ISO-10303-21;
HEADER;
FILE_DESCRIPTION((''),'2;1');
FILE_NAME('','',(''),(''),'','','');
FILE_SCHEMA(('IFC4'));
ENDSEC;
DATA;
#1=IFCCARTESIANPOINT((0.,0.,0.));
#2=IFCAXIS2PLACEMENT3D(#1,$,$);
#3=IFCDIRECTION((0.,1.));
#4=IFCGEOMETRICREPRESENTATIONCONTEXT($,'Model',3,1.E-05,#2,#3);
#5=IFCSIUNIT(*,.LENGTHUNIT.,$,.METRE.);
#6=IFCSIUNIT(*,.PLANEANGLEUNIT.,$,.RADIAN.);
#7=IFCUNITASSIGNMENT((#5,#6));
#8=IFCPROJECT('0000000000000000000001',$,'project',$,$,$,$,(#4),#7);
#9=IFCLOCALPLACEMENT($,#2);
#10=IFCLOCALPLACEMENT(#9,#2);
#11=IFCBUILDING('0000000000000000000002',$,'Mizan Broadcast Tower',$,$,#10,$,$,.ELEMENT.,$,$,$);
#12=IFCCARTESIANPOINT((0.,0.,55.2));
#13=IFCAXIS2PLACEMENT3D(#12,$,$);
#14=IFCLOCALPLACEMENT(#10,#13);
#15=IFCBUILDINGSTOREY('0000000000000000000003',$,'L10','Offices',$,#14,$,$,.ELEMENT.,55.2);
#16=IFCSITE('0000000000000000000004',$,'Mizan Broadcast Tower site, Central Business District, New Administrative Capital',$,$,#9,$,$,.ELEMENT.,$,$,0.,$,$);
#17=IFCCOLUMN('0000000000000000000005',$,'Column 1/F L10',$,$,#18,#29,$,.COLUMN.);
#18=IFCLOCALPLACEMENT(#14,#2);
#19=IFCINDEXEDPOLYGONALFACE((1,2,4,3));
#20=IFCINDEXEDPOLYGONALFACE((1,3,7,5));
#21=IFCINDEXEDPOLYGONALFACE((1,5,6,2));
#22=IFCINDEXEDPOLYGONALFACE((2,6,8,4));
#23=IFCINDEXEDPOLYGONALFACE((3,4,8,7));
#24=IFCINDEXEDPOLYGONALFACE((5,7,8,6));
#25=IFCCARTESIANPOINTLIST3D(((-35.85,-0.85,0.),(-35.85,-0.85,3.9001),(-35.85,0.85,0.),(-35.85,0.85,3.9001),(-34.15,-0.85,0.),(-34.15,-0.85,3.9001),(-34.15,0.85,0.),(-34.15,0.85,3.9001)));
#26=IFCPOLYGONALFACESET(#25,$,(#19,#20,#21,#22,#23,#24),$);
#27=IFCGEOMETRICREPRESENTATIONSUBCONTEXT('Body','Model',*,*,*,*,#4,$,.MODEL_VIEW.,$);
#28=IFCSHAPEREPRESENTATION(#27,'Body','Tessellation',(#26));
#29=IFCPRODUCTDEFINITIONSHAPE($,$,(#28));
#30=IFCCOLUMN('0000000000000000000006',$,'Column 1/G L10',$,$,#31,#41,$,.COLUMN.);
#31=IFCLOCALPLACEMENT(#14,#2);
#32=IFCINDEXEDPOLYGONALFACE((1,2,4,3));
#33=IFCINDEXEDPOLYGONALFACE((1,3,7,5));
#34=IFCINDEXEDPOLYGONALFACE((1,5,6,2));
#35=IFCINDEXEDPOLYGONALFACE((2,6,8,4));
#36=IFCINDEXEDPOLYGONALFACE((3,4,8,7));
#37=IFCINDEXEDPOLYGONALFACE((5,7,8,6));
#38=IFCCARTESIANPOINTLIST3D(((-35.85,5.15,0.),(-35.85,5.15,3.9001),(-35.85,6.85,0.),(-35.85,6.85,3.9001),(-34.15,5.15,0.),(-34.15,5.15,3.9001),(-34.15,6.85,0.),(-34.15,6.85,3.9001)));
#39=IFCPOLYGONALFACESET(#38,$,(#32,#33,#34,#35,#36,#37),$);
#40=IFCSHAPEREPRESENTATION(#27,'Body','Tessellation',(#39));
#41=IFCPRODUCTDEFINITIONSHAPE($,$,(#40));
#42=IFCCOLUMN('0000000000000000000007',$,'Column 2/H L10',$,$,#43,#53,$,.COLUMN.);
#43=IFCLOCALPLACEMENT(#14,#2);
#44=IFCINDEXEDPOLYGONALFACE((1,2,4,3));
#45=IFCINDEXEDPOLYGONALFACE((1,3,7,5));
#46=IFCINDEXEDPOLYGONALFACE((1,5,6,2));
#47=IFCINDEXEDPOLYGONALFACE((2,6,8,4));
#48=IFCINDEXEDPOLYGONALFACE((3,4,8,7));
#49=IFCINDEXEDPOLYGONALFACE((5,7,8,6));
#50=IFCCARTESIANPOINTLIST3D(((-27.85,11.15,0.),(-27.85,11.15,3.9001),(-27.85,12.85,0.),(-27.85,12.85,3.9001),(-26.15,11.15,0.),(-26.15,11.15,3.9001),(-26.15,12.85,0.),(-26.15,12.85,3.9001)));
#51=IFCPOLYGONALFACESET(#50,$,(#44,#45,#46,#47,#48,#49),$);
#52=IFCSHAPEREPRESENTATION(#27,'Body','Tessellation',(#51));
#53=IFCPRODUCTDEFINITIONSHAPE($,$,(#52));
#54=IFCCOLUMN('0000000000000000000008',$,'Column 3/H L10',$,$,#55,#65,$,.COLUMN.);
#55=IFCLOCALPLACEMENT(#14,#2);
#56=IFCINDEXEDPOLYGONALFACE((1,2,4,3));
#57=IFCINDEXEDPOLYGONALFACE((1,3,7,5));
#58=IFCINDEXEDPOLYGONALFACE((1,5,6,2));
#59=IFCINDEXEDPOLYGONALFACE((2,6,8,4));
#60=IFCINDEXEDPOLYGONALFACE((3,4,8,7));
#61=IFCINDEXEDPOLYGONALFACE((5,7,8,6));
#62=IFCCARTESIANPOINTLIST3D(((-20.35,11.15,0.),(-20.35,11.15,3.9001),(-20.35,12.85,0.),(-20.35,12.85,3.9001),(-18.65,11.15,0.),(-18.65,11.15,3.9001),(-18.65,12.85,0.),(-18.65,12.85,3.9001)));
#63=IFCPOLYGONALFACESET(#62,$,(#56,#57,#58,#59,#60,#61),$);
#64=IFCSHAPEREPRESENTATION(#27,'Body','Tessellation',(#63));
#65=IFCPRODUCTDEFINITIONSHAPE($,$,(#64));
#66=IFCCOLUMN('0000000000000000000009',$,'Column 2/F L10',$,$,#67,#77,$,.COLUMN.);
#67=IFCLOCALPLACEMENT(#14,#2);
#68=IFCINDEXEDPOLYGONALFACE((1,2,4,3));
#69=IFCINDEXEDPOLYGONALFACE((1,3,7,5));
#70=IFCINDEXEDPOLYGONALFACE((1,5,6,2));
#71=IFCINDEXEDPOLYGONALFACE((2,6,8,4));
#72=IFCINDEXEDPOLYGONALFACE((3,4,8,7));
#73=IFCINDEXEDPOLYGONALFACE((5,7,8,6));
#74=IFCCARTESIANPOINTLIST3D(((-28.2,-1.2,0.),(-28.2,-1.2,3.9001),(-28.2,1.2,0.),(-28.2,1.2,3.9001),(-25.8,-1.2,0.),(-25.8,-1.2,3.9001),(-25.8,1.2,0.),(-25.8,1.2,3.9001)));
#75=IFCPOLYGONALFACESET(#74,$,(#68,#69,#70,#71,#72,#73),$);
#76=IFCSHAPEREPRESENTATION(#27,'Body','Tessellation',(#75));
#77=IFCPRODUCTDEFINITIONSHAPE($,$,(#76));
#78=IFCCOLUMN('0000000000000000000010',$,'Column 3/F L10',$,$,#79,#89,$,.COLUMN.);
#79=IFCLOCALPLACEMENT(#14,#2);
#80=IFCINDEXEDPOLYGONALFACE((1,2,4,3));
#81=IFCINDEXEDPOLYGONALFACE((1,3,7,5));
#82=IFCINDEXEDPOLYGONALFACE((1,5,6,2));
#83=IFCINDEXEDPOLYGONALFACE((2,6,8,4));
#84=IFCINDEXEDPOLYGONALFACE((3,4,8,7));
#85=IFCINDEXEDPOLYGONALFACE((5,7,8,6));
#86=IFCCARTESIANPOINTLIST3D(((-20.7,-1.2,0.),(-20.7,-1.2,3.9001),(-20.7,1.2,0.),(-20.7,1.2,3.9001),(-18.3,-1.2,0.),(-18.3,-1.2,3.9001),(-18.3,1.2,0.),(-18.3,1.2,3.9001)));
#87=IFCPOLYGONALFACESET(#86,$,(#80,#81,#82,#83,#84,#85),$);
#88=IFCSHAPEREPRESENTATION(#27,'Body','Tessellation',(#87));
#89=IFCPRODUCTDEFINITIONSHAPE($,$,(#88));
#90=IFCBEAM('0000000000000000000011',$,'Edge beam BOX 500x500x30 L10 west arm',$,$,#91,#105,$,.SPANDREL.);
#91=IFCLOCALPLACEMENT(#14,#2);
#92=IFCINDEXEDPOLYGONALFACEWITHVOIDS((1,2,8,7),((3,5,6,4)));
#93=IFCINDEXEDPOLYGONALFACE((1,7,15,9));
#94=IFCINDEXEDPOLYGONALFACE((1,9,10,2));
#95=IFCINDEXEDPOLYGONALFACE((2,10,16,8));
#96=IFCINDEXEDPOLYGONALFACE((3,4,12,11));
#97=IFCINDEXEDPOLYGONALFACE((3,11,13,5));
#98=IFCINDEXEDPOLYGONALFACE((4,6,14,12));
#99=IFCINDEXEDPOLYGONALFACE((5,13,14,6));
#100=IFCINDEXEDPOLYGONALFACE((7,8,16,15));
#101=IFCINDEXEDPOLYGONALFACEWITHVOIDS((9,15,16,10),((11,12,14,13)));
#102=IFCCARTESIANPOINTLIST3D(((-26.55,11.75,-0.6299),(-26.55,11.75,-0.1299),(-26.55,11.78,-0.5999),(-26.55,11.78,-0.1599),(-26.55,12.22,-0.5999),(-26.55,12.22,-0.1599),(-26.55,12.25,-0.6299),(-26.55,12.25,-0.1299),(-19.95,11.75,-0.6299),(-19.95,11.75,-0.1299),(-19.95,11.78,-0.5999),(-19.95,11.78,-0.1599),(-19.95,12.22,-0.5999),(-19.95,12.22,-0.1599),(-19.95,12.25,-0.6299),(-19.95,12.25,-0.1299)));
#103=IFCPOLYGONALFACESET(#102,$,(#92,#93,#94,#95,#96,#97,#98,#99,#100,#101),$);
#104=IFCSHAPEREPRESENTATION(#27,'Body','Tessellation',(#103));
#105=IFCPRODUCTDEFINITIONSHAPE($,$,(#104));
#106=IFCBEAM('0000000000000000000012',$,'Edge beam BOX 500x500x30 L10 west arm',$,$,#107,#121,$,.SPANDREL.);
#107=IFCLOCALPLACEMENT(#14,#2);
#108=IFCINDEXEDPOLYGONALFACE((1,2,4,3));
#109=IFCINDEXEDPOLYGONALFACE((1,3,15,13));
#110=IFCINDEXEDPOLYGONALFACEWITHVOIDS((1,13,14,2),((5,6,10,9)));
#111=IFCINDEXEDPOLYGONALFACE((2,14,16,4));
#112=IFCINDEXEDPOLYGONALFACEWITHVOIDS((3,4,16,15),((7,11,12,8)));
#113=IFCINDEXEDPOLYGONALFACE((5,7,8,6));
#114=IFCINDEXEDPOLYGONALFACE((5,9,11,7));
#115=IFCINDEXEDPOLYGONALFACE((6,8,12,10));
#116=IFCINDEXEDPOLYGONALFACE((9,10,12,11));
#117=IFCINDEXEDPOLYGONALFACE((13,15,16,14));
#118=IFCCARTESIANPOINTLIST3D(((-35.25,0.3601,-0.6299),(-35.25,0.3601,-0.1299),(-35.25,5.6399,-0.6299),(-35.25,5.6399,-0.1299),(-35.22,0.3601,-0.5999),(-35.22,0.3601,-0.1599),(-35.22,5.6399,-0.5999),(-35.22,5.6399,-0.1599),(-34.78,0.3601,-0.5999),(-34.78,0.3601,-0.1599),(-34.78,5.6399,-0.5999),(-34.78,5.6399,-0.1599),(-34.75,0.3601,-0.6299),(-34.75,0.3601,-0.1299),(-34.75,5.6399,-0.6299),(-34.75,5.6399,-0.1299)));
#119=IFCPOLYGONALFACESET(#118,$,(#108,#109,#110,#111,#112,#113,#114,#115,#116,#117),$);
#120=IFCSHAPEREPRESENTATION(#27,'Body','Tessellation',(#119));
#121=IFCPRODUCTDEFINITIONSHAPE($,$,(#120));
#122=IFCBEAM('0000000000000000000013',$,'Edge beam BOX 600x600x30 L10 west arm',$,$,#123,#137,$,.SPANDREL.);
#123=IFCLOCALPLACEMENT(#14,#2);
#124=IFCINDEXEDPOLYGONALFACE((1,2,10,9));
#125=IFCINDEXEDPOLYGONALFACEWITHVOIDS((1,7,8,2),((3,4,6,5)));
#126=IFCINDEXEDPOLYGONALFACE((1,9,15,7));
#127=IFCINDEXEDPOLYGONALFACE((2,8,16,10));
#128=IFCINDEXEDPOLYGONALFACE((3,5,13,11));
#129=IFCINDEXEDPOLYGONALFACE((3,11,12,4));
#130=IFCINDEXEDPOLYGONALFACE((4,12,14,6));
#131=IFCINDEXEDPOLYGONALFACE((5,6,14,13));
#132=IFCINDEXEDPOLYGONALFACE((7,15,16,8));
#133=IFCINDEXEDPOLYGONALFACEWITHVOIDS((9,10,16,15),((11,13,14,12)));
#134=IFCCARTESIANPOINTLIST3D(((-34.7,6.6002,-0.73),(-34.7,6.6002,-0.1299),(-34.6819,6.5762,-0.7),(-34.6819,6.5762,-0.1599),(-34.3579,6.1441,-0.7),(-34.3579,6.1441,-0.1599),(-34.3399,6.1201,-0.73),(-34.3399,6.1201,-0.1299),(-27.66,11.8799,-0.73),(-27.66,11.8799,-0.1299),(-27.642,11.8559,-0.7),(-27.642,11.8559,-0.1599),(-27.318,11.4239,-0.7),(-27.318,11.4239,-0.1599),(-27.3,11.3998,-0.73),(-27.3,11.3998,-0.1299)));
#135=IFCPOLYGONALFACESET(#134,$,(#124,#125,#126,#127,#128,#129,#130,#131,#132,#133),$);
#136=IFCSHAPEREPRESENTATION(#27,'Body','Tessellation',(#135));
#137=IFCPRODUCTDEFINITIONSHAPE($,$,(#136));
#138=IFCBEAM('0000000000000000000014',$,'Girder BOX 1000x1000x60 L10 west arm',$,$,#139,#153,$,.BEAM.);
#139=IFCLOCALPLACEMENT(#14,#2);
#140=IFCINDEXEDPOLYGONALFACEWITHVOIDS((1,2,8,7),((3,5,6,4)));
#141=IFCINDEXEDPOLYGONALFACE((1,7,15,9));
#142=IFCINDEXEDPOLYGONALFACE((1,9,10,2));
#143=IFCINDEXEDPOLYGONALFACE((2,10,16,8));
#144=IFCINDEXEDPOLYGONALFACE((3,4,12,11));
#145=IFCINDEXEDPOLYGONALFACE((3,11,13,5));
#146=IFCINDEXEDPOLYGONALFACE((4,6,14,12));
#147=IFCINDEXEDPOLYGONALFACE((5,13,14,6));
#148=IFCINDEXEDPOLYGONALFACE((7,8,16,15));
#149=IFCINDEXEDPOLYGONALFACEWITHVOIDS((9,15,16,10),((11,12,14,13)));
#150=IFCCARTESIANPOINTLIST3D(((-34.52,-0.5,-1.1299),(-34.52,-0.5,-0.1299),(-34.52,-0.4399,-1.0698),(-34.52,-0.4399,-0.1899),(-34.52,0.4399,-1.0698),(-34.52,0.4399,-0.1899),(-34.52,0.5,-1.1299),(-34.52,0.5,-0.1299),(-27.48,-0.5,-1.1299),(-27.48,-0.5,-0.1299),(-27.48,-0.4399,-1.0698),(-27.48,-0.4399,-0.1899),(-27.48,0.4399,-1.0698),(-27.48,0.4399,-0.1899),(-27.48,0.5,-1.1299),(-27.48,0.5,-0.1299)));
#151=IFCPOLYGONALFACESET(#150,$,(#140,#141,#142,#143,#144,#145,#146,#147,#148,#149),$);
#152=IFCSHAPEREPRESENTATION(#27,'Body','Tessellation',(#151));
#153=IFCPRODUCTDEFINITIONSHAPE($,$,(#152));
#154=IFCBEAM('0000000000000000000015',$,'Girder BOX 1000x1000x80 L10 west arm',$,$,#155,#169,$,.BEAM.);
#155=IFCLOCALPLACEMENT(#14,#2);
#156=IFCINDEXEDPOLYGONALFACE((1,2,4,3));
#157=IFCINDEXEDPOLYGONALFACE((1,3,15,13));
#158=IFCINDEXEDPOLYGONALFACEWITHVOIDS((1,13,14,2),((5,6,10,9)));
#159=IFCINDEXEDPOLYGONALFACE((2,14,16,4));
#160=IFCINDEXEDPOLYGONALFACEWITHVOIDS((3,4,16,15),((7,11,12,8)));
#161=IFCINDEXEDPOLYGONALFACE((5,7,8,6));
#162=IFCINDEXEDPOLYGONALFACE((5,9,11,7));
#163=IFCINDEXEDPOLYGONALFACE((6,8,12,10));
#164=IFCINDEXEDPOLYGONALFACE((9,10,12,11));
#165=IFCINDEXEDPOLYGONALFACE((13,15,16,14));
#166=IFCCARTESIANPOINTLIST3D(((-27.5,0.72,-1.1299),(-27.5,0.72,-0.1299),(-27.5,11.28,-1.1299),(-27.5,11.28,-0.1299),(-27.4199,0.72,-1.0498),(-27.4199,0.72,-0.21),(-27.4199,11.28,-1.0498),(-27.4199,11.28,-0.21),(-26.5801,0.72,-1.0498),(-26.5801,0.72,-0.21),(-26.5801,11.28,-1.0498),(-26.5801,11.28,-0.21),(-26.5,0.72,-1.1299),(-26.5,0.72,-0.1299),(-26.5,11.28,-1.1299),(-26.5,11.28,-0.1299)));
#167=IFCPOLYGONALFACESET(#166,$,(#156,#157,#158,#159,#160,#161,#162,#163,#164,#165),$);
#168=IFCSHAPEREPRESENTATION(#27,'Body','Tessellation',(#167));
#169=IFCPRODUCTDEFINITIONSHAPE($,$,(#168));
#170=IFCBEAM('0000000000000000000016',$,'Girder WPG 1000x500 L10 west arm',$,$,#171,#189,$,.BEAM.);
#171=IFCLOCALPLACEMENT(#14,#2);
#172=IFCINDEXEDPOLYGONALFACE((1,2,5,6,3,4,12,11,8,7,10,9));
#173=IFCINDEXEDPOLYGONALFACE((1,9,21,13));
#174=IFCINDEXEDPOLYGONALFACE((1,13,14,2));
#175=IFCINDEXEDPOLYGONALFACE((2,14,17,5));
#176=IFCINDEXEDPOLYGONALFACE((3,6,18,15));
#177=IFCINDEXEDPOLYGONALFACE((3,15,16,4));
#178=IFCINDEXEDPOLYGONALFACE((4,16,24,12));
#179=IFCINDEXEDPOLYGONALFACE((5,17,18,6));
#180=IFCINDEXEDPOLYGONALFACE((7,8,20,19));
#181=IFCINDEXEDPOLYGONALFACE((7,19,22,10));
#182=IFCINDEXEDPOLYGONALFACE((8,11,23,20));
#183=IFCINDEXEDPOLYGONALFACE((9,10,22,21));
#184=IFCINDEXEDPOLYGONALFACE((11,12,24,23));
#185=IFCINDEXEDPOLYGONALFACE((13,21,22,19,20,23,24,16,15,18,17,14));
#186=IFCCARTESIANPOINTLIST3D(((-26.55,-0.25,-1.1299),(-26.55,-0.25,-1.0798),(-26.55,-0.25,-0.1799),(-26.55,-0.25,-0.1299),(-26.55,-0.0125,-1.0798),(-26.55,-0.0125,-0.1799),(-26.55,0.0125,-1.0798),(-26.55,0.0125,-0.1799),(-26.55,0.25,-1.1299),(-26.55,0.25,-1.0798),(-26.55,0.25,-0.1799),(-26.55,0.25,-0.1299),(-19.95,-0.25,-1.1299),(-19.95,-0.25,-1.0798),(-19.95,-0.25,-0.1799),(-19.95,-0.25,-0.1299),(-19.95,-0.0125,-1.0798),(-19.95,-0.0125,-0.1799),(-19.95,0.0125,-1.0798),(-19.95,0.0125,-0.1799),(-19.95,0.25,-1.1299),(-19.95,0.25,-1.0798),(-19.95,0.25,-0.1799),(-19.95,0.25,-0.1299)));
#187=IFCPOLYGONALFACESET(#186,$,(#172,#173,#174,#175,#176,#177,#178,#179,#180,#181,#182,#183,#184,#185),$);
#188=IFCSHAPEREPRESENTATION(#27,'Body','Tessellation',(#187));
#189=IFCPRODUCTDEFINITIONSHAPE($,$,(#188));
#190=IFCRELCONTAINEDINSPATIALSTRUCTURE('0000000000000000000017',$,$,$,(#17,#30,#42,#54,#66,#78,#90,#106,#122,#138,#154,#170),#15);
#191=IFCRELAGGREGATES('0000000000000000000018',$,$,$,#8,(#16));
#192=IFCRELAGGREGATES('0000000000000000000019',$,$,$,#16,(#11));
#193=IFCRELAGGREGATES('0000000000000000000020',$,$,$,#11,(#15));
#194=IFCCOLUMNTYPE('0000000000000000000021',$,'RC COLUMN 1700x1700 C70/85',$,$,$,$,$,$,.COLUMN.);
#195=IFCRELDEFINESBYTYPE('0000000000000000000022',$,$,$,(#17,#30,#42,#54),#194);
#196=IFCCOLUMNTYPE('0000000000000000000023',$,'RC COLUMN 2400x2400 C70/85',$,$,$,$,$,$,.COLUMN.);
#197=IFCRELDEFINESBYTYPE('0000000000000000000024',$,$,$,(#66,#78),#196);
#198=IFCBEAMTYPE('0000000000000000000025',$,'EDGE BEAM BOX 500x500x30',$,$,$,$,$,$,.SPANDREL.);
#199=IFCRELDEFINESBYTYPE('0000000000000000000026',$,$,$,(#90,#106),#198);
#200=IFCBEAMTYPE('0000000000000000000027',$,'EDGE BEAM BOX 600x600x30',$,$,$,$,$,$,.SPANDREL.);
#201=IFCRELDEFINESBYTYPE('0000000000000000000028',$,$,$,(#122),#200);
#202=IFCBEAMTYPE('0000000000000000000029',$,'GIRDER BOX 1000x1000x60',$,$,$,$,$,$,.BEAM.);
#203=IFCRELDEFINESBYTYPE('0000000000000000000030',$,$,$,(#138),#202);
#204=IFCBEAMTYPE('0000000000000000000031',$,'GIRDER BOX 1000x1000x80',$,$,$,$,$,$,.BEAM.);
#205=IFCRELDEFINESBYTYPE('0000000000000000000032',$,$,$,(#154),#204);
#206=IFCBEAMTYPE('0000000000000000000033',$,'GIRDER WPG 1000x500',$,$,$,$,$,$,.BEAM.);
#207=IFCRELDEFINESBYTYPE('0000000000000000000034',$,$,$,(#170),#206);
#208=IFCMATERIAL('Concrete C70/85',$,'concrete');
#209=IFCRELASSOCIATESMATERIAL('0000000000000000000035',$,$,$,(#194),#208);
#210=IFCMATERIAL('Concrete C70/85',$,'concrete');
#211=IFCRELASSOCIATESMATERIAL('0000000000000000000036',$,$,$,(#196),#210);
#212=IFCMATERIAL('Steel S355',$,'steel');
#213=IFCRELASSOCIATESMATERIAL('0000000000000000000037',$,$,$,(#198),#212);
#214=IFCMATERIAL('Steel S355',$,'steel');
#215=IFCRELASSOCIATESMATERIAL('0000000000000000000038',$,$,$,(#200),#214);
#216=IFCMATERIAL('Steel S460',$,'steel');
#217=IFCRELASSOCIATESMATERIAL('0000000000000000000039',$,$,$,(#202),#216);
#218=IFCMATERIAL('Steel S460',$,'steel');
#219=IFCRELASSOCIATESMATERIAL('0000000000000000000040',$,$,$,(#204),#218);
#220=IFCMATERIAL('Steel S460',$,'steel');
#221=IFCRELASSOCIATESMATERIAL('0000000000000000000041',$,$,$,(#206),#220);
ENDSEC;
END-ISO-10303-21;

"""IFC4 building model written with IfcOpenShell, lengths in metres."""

from ifc_helpers import new_model, si_unit, direction, frame, origin, origin_2d, place, context, subcontext, project, spatial, rectangle, hollow_rectangle, i_section, extrude, material, material_profile, profile_set, type_object, element, save


model = new_model("IFC4")

# Units and contexts
model_context = context("Model", 3, precision=1e-05, world=origin(), true_north=direction((0.0, 1.0)))
body_context = subcontext(model_context, "Body", "Model", "MODEL_VIEW")
ifc_project = project(units=[si_unit("LENGTHUNIT", "METRE"), si_unit("PLANEANGLEUNIT", "RADIAN")], contexts=[model_context])

# Site, building, storey
site_placement = place(None, origin())
site = spatial("IfcSite", under=ifc_project, at=site_placement, Name="Mizan Broadcast Tower site, Central Business District, New Administrative Capital", CompositionType="ELEMENT", RefElevation=0.0)
building_placement = place(site_placement, origin())
building = spatial("IfcBuilding", under=site, at=building_placement, Name="Mizan Broadcast Tower", CompositionType="ELEMENT")
storey_placement = place(building_placement, frame((0.0, 0.0, 55.2)))
storey = spatial("IfcBuildingStorey", under=building, at=storey_placement, Name="L10", Description="Offices", CompositionType="ELEMENT", Elevation=55.2)

# Columns
ifc_material_1 = material(Name="Concrete C70/85", Category="concrete")
ifc_material_profile_1 = material_profile(ifc_material_1, rectangle(XDim=1.7, YDim=1.7, at=origin_2d()), Name="RC 1700x1700")
ifc_profile_set_1 = profile_set([ifc_material_profile_1], Name="Concrete C70/85")
column_type_1 = type_object("IfcColumnType", Name="RC COLUMN 1700x1700 C70/85", PredefinedType="COLUMN", material=ifc_profile_set_1)
for number, where, z_axis, x_axis, name in (
    (1, (-35.0, 0.0, 0.0), (0.0, 0.0, 1.0), (1.0, 0.0, 0.0), "Column 1/F L10"),
    (2, (-35.0, 6.0, 0.0), (0.0, 0.0, 1.0), (1.0, 0.0, 0.0), "Column 1/G L10"),
    (3, (-27.0, 12.0, 0.0), (0.0, 0.0, 1.0), (1.0, 0.0, 0.0), "Column 2/H L10"),
    (4, (-19.5, 12.0, 0.0), (0.0, 0.0, 1.0), (1.0, 0.0, 0.0), "Column 3/H L10"),
):
    element("IfcColumn", number, at=place(storey_placement, frame(where, z_axis=z_axis, x_axis=x_axis)), inside=storey, type_object=column_type_1, Name=name, PredefinedType="COLUMN", context=body_context, shape_type="SweptSolid", body=[
        extrude(rectangle(XDim=1.7, YDim=1.7, at=origin_2d()), origin(), (0.0, 0.0, 1.0), 3.9001),
    ])
ifc_material_2 = material(Name="Concrete C70/85", Category="concrete")
ifc_material_profile_2 = material_profile(ifc_material_2, rectangle(XDim=2.3999, YDim=2.3999, at=origin_2d()), Name="RC 2400x2400")
ifc_profile_set_2 = profile_set([ifc_material_profile_2], Name="Concrete C70/85")
column_type_2 = type_object("IfcColumnType", Name="RC COLUMN 2400x2400 C70/85", PredefinedType="COLUMN", material=ifc_profile_set_2)
for number, where, z_axis, x_axis, name in (
    (5, (-27.0, 0.0, 0.0), (0.0, 0.0, 1.0), (1.0, 0.0, 0.0), "Column 2/F L10"),
    (6, (-19.5, 0.0, 0.0), (0.0, 0.0, 1.0), (1.0, 0.0, 0.0), "Column 3/F L10"),
):
    element("IfcColumn", number, at=place(storey_placement, frame(where, z_axis=z_axis, x_axis=x_axis)), inside=storey, type_object=column_type_2, Name=name, PredefinedType="COLUMN", context=body_context, shape_type="SweptSolid", body=[
        extrude(rectangle(XDim=2.3999, YDim=2.3999, at=origin_2d()), origin(), (0.0, 0.0, 1.0), 3.9001),
    ])

# Beams
ifc_material_3 = material(Name="Steel S355", Category="steel")
ifc_material_profile_3 = material_profile(ifc_material_3, hollow_rectangle(XDim=0.5, YDim=0.5, WallThickness=0.03, at=origin_2d()), Name="BOX 500x500x30")
ifc_profile_set_3 = profile_set([ifc_material_profile_3], Name="Steel S355")
beam_type_1 = type_object("IfcBeamType", Name="EDGE BEAM BOX 500x500x30", PredefinedType="SPANDREL", material=ifc_profile_set_3)
beam_1_placement = place(storey_placement, frame((-19.95, 12.0, -0.3799), z_axis=(-1.0, 0.0, 0.0), x_axis=(0.0, -1.0, 0.0)))
element("IfcBeam", 7, at=beam_1_placement, inside=storey, type_object=beam_type_1, Name="Edge beam BOX 500x500x30 L10 west arm", PredefinedType="SPANDREL", context=body_context, shape_type="SweptSolid", body=[
    extrude(hollow_rectangle(XDim=0.5, YDim=0.5, WallThickness=0.03, at=origin_2d()), origin(), (0.0, 0.0, 1.0), 6.6001),
])
beam_2_placement = place(storey_placement, frame((-35.0, 5.6399, -0.3799), z_axis=(0.0, -1.0, 0.0), x_axis=(1.0, 0.0, 0.0)))
element("IfcBeam", 8, at=beam_2_placement, inside=storey, type_object=beam_type_1, Name="Edge beam BOX 500x500x30 L10 west arm", PredefinedType="SPANDREL", context=body_context, shape_type="SweptSolid", body=[
    extrude(hollow_rectangle(XDim=0.5, YDim=0.5, WallThickness=0.03, at=origin_2d()), origin(), (0.0, 0.0, 1.0), 5.2798),
])
ifc_material_4 = material(Name="Steel S355", Category="steel")
ifc_material_profile_4 = material_profile(ifc_material_4, hollow_rectangle(XDim=0.6001, YDim=0.6001, WallThickness=0.03, at=origin_2d()), Name="BOX 600x600x30")
ifc_profile_set_4 = profile_set([ifc_material_profile_4], Name="Steel S355")
beam_type_2 = type_object("IfcBeamType", Name="EDGE BEAM BOX 600x600x30", PredefinedType="SPANDREL", material=ifc_profile_set_4)
beam_3_placement = place(storey_placement, frame((-27.48, 11.6399, -0.4299), z_axis=(-0.800013, -0.599982, 0.0), x_axis=(0.599982, -0.800013, 0.0)))
element("IfcBeam", 9, at=beam_3_placement, inside=storey, type_object=beam_type_2, Name="Edge beam BOX 600x600x30 L10 west arm", PredefinedType="SPANDREL", context=body_context, shape_type="SweptSolid", body=[
    extrude(hollow_rectangle(XDim=0.6001, YDim=0.6001, WallThickness=0.03, at=origin_2d()), origin(), (0.0, 0.0, 1.0), 8.7998),
])
ifc_material_5 = material(Name="Steel S460", Category="steel")
ifc_material_profile_5 = material_profile(ifc_material_5, hollow_rectangle(XDim=1.0, YDim=1.0, WallThickness=0.0601, at=origin_2d()), Name="BOX 1000x1000x60")
ifc_profile_set_5 = profile_set([ifc_material_profile_5], Name="Steel S460")
beam_type_3 = type_object("IfcBeamType", Name="GIRDER BOX 1000x1000x60", PredefinedType="BEAM", material=ifc_profile_set_5)
beam_4_placement = place(storey_placement, frame((-27.48, 0.0, -0.6299), z_axis=(-1.0, 0.0, 0.0), x_axis=(0.0, -1.0, 0.0)))
element("IfcBeam", 10, at=beam_4_placement, inside=storey, type_object=beam_type_3, Name="Girder BOX 1000x1000x60 L10 west arm", PredefinedType="BEAM", context=body_context, shape_type="SweptSolid", body=[
    extrude(hollow_rectangle(XDim=1.0, YDim=1.0, WallThickness=0.0601, at=origin_2d()), origin(), (0.0, 0.0, 1.0), 7.04),
])
ifc_material_6 = material(Name="Steel S460", Category="steel")
ifc_material_profile_6 = material_profile(ifc_material_6, hollow_rectangle(XDim=1.0, YDim=1.0, WallThickness=0.0801, at=origin_2d()), Name="BOX 1000x1000x80")
ifc_profile_set_6 = profile_set([ifc_material_profile_6], Name="Steel S460")
beam_type_4 = type_object("IfcBeamType", Name="GIRDER BOX 1000x1000x80", PredefinedType="BEAM", material=ifc_profile_set_6)
beam_5_placement = place(storey_placement, frame((-27.0, 11.28, -0.6299), z_axis=(0.0, -1.0, 0.0), x_axis=(1.0, 0.0, 0.0)))
element("IfcBeam", 11, at=beam_5_placement, inside=storey, type_object=beam_type_4, Name="Girder BOX 1000x1000x80 L10 west arm", PredefinedType="BEAM", context=body_context, shape_type="SweptSolid", body=[
    extrude(hollow_rectangle(XDim=1.0, YDim=1.0, WallThickness=0.0801, at=origin_2d()), origin(), (0.0, 0.0, 1.0), 10.5601),
])
ifc_material_7 = material(Name="Steel S460", Category="steel")
ifc_material_profile_7 = material_profile(ifc_material_7, i_section(OverallWidth=0.5, OverallDepth=1.0, WebThickness=0.0249, FlangeThickness=0.05, at=origin_2d()), Name="WPG 1000x500")
ifc_profile_set_7 = profile_set([ifc_material_profile_7], Name="Steel S460")
beam_type_5 = type_object("IfcBeamType", Name="GIRDER WPG 1000x500", PredefinedType="BEAM", material=ifc_profile_set_7)
beam_6_placement = place(storey_placement, frame((-19.95, 0.0, -0.6299), z_axis=(-1.0, 0.0, 0.0), x_axis=(0.0, -1.0, 0.0)))
element("IfcBeam", 12, at=beam_6_placement, inside=storey, type_object=beam_type_5, Name="Girder WPG 1000x500 L10 west arm", PredefinedType="BEAM", context=body_context, shape_type="SweptSolid", body=[
    extrude(i_section(OverallWidth=0.5, OverallDepth=1.0, WebThickness=0.0249, FlangeThickness=0.05, at=origin_2d()), origin(), (0.0, 0.0, 1.0), 6.6001),
])

save(model, "model.ifc")
